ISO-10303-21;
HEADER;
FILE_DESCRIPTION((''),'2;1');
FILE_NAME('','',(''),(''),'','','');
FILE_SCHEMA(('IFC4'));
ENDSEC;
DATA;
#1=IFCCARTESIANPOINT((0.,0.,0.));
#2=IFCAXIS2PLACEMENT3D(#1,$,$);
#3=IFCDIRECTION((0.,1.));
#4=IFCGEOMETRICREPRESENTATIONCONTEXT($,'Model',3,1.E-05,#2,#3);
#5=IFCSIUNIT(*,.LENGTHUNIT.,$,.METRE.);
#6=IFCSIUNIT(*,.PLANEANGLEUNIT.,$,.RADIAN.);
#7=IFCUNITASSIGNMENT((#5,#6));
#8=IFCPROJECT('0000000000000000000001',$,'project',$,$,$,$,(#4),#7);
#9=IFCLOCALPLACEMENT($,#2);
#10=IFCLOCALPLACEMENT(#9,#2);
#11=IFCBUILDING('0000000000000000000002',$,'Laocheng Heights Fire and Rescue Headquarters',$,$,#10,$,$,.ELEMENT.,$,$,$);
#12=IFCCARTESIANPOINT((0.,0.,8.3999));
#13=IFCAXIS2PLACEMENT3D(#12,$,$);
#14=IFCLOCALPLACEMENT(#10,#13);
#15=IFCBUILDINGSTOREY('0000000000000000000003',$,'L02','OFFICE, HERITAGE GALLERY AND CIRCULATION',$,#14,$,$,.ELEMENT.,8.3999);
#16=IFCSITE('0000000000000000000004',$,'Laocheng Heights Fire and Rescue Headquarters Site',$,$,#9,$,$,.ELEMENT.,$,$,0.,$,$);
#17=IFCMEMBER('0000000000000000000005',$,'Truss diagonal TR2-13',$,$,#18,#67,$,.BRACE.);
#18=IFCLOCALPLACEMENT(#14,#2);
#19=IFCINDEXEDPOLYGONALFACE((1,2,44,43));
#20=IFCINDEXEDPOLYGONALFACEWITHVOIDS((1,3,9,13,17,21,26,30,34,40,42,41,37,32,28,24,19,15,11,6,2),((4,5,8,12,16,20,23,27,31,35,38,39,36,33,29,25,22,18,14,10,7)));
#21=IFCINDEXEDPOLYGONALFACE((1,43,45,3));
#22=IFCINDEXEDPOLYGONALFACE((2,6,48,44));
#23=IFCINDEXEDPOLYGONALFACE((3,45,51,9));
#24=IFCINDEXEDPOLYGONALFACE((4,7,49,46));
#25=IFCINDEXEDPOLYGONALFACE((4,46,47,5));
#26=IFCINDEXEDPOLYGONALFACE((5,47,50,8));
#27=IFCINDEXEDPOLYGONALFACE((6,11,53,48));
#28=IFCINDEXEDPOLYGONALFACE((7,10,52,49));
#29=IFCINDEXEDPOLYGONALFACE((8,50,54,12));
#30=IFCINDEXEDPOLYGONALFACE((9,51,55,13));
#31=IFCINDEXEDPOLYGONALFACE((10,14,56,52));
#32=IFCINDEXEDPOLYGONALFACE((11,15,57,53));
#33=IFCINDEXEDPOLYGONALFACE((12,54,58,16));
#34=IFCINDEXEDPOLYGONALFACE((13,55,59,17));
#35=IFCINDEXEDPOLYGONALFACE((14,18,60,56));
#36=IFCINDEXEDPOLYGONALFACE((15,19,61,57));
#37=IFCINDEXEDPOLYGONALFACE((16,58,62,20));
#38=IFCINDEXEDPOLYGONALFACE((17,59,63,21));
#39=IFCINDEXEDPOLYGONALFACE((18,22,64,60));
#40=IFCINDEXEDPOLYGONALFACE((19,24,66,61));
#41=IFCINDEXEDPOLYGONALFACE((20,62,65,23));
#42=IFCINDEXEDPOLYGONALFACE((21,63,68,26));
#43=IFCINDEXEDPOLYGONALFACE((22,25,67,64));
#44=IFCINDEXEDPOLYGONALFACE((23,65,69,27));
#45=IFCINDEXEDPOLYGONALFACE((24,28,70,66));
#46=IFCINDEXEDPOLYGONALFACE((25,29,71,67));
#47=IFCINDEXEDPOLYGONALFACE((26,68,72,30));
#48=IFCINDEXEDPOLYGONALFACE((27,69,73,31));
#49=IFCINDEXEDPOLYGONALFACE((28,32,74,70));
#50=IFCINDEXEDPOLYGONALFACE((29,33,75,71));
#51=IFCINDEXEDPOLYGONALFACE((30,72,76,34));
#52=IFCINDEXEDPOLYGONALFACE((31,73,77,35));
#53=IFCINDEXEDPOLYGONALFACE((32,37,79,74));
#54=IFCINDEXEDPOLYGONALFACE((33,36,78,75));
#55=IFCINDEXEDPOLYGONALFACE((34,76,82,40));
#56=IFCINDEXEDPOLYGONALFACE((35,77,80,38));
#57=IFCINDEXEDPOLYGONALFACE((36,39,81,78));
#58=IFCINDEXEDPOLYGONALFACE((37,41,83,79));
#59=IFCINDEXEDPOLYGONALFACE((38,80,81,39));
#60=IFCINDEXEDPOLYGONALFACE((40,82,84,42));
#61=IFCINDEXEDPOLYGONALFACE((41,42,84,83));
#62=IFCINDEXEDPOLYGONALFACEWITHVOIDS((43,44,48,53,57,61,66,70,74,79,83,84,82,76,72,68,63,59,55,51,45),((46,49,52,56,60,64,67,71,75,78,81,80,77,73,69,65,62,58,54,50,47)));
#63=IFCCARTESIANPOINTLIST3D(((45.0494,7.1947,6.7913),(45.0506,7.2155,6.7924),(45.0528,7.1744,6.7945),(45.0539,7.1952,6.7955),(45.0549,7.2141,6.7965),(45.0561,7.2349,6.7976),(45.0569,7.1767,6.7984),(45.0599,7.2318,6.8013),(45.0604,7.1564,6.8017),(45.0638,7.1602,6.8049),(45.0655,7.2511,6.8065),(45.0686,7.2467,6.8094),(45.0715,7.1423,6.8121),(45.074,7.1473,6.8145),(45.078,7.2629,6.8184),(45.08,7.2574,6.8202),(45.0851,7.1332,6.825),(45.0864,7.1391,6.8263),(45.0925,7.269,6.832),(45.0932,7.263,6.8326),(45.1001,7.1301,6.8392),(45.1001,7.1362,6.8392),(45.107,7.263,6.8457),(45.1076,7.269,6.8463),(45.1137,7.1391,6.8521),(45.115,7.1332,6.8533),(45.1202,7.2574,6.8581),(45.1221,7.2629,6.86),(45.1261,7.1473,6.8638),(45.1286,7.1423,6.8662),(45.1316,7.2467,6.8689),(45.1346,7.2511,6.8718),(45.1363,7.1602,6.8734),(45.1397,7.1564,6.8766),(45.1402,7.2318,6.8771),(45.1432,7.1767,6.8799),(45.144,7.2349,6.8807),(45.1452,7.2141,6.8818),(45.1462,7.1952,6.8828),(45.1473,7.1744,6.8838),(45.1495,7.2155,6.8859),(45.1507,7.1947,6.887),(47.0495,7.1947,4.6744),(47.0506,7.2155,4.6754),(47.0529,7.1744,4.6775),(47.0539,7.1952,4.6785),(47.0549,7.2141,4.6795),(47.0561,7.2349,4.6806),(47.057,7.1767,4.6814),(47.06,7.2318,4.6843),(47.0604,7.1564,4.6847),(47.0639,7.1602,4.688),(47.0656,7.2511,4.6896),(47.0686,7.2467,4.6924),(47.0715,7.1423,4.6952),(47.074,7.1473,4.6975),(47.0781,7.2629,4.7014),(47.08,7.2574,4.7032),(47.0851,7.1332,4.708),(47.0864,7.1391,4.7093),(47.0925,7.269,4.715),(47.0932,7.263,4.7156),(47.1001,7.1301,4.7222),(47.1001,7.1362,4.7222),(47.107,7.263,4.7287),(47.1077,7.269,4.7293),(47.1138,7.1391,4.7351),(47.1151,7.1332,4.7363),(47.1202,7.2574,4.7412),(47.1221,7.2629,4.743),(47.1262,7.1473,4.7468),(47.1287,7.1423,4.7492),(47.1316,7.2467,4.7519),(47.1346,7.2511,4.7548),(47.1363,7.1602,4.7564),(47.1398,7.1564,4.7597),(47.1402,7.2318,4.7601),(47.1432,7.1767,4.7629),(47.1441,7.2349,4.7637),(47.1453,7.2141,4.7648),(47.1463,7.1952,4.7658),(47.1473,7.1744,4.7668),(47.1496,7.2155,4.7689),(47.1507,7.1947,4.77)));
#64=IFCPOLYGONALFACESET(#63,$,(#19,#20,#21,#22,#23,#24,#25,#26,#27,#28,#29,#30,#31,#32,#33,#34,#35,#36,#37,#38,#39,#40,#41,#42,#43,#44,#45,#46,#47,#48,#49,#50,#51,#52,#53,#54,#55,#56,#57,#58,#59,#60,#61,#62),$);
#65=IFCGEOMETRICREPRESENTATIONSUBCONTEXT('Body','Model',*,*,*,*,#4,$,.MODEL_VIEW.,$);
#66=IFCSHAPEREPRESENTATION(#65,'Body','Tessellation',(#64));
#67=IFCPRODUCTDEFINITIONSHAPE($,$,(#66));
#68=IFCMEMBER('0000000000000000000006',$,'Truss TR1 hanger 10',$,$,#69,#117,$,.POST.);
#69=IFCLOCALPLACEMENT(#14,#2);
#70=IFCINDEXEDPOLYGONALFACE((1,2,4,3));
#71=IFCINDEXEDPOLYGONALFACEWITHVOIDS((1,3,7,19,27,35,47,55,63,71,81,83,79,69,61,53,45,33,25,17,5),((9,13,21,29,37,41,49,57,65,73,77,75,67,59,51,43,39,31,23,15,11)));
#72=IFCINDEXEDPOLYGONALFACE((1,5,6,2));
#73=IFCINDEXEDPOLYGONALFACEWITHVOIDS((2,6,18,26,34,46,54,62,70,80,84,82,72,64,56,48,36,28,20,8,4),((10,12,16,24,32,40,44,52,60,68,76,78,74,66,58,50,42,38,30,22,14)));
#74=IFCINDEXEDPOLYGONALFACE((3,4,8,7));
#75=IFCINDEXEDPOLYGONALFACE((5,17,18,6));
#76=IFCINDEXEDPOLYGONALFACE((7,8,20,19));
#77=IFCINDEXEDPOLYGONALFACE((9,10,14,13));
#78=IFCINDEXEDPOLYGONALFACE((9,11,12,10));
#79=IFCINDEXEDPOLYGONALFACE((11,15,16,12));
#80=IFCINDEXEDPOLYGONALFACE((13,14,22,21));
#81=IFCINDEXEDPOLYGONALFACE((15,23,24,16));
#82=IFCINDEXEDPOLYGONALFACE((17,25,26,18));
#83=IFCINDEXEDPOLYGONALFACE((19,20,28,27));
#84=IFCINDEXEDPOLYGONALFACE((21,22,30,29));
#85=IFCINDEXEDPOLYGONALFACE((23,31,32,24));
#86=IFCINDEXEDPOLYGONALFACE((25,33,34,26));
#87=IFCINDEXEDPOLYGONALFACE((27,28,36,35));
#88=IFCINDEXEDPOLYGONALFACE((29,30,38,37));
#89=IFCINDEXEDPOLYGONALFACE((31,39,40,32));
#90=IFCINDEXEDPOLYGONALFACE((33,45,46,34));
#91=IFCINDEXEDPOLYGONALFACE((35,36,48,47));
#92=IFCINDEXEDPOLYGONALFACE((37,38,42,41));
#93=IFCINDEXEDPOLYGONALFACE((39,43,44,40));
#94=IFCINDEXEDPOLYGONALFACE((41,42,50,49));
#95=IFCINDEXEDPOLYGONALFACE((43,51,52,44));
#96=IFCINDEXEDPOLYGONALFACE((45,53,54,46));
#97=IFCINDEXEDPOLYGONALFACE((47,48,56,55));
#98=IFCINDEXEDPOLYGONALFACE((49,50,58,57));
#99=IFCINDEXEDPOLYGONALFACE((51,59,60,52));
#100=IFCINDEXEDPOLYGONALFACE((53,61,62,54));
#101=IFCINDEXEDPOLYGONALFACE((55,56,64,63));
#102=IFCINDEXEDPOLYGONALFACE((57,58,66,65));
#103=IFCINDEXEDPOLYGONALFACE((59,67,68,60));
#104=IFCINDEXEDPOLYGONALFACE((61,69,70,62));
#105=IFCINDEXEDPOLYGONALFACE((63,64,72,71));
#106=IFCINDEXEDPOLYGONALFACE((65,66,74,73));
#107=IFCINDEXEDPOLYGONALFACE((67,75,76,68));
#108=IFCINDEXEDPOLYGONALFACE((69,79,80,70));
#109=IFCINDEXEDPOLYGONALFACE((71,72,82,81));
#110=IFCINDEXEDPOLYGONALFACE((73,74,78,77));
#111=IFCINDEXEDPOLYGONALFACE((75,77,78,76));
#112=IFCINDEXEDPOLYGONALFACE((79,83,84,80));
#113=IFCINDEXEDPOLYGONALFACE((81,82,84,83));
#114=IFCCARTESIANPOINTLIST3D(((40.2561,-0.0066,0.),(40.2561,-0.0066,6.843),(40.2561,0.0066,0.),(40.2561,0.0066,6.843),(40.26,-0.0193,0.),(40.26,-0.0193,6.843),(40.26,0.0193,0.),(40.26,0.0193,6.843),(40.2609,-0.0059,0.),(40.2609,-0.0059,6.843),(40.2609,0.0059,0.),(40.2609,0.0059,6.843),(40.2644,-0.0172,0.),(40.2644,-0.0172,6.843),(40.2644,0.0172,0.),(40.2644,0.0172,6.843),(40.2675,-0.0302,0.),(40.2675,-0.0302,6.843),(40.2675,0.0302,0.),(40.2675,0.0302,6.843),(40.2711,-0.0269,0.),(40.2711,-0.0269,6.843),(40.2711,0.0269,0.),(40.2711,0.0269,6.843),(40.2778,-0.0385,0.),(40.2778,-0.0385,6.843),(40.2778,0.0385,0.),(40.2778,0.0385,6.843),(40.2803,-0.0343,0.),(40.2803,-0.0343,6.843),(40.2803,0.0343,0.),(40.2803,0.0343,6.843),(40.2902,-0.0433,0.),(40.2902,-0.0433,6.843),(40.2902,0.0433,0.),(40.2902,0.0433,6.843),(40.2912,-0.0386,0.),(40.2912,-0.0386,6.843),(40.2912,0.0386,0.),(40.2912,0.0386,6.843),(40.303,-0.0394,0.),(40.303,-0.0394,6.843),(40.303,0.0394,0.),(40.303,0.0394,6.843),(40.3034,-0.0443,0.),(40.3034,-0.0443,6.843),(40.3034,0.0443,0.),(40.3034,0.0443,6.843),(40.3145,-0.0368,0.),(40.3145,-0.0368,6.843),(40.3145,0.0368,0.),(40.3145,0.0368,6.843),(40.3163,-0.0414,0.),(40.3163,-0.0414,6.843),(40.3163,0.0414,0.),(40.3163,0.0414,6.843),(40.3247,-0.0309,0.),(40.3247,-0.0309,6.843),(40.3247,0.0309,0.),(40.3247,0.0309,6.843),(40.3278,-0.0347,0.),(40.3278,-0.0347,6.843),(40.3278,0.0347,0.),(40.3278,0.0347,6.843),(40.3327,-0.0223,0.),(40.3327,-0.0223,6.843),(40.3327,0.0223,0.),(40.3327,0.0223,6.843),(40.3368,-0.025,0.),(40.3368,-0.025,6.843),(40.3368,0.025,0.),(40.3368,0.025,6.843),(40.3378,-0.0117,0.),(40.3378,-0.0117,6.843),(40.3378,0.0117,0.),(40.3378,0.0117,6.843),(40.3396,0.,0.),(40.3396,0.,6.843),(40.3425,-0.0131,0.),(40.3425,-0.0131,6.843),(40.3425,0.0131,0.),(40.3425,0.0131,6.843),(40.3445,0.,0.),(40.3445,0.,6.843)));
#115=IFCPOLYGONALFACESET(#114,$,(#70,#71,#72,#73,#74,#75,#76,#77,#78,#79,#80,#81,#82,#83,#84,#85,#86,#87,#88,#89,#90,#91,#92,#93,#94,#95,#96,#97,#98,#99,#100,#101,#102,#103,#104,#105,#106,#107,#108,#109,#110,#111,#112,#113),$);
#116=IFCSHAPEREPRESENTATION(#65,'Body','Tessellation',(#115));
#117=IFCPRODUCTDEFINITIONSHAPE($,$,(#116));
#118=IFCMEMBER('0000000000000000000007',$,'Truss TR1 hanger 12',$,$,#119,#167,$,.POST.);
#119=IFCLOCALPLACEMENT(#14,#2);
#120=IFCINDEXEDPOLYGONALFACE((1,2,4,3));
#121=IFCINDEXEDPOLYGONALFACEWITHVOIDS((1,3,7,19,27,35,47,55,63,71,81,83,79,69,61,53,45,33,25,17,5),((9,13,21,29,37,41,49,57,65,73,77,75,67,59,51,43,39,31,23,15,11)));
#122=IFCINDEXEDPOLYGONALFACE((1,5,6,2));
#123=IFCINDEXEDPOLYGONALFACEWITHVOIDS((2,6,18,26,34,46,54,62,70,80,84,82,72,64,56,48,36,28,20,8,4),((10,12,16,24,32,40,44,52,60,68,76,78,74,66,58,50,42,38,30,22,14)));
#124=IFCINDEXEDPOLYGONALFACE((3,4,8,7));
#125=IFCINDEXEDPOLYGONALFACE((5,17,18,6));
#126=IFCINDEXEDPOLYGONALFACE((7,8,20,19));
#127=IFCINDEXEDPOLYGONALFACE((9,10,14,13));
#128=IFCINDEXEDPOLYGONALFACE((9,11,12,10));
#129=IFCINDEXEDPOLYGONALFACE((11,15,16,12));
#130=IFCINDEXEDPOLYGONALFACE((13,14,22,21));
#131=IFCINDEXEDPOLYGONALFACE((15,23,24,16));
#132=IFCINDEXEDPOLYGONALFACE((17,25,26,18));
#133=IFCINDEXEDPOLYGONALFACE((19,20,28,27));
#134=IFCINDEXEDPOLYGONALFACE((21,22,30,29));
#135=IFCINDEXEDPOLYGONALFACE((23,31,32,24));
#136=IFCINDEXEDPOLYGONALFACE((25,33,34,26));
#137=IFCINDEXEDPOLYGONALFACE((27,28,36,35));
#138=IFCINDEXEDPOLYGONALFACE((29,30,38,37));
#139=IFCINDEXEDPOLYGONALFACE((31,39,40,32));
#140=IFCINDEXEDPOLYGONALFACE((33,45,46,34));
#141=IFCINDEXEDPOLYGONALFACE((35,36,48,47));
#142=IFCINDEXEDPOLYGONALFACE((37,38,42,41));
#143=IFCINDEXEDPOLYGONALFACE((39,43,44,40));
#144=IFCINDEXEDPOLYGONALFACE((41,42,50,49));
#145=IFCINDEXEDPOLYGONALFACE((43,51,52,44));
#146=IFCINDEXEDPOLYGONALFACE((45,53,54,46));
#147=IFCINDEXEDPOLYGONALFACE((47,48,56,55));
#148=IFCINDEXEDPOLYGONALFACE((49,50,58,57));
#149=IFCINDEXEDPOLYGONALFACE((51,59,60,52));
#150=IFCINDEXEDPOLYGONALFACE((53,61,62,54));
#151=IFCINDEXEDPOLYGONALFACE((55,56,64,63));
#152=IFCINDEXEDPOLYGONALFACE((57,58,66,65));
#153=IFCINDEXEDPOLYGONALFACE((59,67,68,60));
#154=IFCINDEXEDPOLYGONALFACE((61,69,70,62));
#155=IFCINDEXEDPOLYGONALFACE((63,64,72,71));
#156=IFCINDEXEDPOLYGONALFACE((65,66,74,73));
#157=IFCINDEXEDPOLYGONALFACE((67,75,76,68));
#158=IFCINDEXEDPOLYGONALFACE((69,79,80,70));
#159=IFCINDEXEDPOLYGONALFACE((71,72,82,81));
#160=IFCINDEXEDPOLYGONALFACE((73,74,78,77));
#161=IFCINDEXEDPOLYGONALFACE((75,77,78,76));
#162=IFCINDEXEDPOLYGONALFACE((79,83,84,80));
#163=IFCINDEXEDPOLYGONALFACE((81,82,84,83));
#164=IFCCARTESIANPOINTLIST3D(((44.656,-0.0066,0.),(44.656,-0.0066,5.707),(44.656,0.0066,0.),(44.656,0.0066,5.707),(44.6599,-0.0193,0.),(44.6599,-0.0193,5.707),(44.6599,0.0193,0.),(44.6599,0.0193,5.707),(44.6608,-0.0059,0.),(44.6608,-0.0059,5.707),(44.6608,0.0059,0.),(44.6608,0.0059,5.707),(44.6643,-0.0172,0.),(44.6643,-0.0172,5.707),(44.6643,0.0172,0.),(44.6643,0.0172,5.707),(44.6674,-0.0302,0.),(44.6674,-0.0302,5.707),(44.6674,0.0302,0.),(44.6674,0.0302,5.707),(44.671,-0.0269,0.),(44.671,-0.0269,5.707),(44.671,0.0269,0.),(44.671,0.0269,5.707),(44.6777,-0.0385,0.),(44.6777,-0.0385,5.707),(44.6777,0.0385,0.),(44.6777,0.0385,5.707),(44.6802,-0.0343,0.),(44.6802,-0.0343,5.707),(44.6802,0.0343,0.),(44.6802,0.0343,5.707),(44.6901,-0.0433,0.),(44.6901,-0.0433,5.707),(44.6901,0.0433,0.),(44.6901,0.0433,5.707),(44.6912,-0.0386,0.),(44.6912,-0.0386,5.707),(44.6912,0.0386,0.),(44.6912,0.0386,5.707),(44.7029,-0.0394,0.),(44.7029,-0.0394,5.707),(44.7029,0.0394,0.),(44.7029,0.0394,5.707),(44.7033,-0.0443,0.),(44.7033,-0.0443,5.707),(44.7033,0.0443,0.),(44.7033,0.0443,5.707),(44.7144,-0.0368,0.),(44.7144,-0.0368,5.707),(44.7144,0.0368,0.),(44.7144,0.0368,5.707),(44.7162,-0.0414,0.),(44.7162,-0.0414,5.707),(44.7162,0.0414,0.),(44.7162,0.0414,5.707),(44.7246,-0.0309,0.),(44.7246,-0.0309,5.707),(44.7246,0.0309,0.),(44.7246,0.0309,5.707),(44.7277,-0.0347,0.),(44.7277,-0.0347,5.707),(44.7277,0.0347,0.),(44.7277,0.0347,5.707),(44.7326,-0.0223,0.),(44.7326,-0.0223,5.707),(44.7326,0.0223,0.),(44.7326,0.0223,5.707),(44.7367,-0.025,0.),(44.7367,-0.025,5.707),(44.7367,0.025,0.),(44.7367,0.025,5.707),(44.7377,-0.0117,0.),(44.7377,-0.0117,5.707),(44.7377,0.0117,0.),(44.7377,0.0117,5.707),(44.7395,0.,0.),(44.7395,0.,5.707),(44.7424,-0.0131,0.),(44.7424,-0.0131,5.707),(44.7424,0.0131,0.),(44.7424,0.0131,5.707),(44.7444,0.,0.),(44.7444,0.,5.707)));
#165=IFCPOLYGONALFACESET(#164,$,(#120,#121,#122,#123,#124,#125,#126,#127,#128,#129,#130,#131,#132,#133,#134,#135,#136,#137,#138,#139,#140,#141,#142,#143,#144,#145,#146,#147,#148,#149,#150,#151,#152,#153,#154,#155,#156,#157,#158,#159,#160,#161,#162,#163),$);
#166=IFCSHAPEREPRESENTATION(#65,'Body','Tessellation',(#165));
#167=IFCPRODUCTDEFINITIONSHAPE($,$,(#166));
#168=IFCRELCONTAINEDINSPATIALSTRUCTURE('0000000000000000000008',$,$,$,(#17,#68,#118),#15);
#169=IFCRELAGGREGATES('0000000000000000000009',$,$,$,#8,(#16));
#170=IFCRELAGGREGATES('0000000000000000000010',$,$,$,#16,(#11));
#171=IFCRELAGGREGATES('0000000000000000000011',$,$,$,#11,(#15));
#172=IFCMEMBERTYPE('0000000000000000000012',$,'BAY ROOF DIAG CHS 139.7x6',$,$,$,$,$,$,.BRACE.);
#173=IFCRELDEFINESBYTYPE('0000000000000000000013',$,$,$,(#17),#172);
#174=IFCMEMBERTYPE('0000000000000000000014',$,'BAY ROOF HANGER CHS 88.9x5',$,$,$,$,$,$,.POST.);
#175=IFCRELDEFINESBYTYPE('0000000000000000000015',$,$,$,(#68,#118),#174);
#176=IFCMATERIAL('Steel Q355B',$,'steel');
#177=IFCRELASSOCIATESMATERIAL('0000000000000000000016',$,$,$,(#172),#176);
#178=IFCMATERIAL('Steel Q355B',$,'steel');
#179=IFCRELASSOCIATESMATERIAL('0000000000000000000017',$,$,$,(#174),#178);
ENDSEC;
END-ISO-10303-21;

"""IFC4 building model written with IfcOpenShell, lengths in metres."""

from ifc_helpers import new_model, si_unit, direction, frame, origin, origin_2d, place, context, subcontext, project, spatial, hollow_circle, extrude, material, material_profile, profile_set, type_object, element, save


model = new_model("IFC4")

# Units and contexts
model_context = context("Model", 3, precision=1e-05, world=origin(), true_north=direction((0.0, 1.0)))
body_context = subcontext(model_context, "Body", "Model", "MODEL_VIEW")
ifc_project = project(units=[si_unit("LENGTHUNIT", "METRE"), si_unit("PLANEANGLEUNIT", "RADIAN")], contexts=[model_context])

# Site, building, storey
site_placement = place(None, origin())
site = spatial("IfcSite", under=ifc_project, at=site_placement, Name="Laocheng Heights Fire and Rescue Headquarters Site", CompositionType="ELEMENT", RefElevation=0.0)
building_placement = place(site_placement, origin())
building = spatial("IfcBuilding", under=site, at=building_placement, Name="Laocheng Heights Fire and Rescue Headquarters", CompositionType="ELEMENT")
storey_placement = place(building_placement, frame((0.0, 0.0, 8.3999)))
storey = spatial("IfcBuildingStorey", under=building, at=storey_placement, Name="L02", Description="OFFICE, HERITAGE GALLERY AND CIRCULATION", CompositionType="ELEMENT", Elevation=8.3999)

# Members
ifc_material_1 = material(Name="Steel Q355B", Category="steel")
ifc_material_profile_1 = material_profile(ifc_material_1, hollow_circle(Radius=0.0698, WallThickness=0.0061, at=origin_2d()), Name="CHS 139.7x6")
ifc_profile_set_1 = profile_set([ifc_material_profile_1], Name="Steel Q355B")
member_type_1 = type_object("IfcMemberType", Name="BAY ROOF DIAG CHS 139.7x6", PredefinedType="BRACE", material=ifc_profile_set_1)
member_1_placement = place(storey_placement, frame((47.1001, 7.2, 4.7222), z_axis=(-0.686744, 0.0, 0.726899), x_axis=(0.0, -1.0, 0.0)))
element("IfcMember", 1, at=member_1_placement, inside=storey, type_object=member_type_1, Name="Truss diagonal TR2-13", PredefinedType="BRACE", context=body_context, shape_type="SweptSolid", body=[
    extrude(hollow_circle(Radius=0.0698, WallThickness=0.0061, at=origin_2d()), origin(), (0.0, 0.0, 1.0), 2.9124),
])
ifc_material_2 = material(Name="Steel Q355B", Category="steel")
ifc_material_profile_2 = material_profile(ifc_material_2, hollow_circle(Radius=0.0444, WallThickness=0.0049, at=origin_2d()), Name="CHS 88.9x5")
ifc_profile_set_2 = profile_set([ifc_material_profile_2], Name="Steel Q355B")
member_type_2 = type_object("IfcMemberType", Name="BAY ROOF HANGER CHS 88.9x5", PredefinedType="POST", material=ifc_profile_set_2)
member_2_placement = place(storey_placement, frame((40.3, 0.0, 0.0), z_axis=(0.0, 0.0, 1.0), x_axis=(1.0, 0.0, 0.0)))
element("IfcMember", 2, at=member_2_placement, inside=storey, type_object=member_type_2, Name="Truss TR1 hanger 10", PredefinedType="POST", context=body_context, shape_type="SweptSolid", body=[
    extrude(hollow_circle(Radius=0.0444, WallThickness=0.0049, at=origin_2d()), origin(), (0.0, 0.0, 1.0), 6.843),
])
member_3_placement = place(storey_placement, frame((44.7, 0.0, 0.0), z_axis=(0.0, 0.0, 1.0), x_axis=(1.0, 0.0, 0.0)))
element("IfcMember", 3, at=member_3_placement, inside=storey, type_object=member_type_2, Name="Truss TR1 hanger 12", PredefinedType="POST", context=body_context, shape_type="SweptSolid", body=[
    extrude(hollow_circle(Radius=0.0444, WallThickness=0.0049, at=origin_2d()), origin(), (0.0, 0.0, 1.0), 5.707),
])

save(model, "model.ifc")
